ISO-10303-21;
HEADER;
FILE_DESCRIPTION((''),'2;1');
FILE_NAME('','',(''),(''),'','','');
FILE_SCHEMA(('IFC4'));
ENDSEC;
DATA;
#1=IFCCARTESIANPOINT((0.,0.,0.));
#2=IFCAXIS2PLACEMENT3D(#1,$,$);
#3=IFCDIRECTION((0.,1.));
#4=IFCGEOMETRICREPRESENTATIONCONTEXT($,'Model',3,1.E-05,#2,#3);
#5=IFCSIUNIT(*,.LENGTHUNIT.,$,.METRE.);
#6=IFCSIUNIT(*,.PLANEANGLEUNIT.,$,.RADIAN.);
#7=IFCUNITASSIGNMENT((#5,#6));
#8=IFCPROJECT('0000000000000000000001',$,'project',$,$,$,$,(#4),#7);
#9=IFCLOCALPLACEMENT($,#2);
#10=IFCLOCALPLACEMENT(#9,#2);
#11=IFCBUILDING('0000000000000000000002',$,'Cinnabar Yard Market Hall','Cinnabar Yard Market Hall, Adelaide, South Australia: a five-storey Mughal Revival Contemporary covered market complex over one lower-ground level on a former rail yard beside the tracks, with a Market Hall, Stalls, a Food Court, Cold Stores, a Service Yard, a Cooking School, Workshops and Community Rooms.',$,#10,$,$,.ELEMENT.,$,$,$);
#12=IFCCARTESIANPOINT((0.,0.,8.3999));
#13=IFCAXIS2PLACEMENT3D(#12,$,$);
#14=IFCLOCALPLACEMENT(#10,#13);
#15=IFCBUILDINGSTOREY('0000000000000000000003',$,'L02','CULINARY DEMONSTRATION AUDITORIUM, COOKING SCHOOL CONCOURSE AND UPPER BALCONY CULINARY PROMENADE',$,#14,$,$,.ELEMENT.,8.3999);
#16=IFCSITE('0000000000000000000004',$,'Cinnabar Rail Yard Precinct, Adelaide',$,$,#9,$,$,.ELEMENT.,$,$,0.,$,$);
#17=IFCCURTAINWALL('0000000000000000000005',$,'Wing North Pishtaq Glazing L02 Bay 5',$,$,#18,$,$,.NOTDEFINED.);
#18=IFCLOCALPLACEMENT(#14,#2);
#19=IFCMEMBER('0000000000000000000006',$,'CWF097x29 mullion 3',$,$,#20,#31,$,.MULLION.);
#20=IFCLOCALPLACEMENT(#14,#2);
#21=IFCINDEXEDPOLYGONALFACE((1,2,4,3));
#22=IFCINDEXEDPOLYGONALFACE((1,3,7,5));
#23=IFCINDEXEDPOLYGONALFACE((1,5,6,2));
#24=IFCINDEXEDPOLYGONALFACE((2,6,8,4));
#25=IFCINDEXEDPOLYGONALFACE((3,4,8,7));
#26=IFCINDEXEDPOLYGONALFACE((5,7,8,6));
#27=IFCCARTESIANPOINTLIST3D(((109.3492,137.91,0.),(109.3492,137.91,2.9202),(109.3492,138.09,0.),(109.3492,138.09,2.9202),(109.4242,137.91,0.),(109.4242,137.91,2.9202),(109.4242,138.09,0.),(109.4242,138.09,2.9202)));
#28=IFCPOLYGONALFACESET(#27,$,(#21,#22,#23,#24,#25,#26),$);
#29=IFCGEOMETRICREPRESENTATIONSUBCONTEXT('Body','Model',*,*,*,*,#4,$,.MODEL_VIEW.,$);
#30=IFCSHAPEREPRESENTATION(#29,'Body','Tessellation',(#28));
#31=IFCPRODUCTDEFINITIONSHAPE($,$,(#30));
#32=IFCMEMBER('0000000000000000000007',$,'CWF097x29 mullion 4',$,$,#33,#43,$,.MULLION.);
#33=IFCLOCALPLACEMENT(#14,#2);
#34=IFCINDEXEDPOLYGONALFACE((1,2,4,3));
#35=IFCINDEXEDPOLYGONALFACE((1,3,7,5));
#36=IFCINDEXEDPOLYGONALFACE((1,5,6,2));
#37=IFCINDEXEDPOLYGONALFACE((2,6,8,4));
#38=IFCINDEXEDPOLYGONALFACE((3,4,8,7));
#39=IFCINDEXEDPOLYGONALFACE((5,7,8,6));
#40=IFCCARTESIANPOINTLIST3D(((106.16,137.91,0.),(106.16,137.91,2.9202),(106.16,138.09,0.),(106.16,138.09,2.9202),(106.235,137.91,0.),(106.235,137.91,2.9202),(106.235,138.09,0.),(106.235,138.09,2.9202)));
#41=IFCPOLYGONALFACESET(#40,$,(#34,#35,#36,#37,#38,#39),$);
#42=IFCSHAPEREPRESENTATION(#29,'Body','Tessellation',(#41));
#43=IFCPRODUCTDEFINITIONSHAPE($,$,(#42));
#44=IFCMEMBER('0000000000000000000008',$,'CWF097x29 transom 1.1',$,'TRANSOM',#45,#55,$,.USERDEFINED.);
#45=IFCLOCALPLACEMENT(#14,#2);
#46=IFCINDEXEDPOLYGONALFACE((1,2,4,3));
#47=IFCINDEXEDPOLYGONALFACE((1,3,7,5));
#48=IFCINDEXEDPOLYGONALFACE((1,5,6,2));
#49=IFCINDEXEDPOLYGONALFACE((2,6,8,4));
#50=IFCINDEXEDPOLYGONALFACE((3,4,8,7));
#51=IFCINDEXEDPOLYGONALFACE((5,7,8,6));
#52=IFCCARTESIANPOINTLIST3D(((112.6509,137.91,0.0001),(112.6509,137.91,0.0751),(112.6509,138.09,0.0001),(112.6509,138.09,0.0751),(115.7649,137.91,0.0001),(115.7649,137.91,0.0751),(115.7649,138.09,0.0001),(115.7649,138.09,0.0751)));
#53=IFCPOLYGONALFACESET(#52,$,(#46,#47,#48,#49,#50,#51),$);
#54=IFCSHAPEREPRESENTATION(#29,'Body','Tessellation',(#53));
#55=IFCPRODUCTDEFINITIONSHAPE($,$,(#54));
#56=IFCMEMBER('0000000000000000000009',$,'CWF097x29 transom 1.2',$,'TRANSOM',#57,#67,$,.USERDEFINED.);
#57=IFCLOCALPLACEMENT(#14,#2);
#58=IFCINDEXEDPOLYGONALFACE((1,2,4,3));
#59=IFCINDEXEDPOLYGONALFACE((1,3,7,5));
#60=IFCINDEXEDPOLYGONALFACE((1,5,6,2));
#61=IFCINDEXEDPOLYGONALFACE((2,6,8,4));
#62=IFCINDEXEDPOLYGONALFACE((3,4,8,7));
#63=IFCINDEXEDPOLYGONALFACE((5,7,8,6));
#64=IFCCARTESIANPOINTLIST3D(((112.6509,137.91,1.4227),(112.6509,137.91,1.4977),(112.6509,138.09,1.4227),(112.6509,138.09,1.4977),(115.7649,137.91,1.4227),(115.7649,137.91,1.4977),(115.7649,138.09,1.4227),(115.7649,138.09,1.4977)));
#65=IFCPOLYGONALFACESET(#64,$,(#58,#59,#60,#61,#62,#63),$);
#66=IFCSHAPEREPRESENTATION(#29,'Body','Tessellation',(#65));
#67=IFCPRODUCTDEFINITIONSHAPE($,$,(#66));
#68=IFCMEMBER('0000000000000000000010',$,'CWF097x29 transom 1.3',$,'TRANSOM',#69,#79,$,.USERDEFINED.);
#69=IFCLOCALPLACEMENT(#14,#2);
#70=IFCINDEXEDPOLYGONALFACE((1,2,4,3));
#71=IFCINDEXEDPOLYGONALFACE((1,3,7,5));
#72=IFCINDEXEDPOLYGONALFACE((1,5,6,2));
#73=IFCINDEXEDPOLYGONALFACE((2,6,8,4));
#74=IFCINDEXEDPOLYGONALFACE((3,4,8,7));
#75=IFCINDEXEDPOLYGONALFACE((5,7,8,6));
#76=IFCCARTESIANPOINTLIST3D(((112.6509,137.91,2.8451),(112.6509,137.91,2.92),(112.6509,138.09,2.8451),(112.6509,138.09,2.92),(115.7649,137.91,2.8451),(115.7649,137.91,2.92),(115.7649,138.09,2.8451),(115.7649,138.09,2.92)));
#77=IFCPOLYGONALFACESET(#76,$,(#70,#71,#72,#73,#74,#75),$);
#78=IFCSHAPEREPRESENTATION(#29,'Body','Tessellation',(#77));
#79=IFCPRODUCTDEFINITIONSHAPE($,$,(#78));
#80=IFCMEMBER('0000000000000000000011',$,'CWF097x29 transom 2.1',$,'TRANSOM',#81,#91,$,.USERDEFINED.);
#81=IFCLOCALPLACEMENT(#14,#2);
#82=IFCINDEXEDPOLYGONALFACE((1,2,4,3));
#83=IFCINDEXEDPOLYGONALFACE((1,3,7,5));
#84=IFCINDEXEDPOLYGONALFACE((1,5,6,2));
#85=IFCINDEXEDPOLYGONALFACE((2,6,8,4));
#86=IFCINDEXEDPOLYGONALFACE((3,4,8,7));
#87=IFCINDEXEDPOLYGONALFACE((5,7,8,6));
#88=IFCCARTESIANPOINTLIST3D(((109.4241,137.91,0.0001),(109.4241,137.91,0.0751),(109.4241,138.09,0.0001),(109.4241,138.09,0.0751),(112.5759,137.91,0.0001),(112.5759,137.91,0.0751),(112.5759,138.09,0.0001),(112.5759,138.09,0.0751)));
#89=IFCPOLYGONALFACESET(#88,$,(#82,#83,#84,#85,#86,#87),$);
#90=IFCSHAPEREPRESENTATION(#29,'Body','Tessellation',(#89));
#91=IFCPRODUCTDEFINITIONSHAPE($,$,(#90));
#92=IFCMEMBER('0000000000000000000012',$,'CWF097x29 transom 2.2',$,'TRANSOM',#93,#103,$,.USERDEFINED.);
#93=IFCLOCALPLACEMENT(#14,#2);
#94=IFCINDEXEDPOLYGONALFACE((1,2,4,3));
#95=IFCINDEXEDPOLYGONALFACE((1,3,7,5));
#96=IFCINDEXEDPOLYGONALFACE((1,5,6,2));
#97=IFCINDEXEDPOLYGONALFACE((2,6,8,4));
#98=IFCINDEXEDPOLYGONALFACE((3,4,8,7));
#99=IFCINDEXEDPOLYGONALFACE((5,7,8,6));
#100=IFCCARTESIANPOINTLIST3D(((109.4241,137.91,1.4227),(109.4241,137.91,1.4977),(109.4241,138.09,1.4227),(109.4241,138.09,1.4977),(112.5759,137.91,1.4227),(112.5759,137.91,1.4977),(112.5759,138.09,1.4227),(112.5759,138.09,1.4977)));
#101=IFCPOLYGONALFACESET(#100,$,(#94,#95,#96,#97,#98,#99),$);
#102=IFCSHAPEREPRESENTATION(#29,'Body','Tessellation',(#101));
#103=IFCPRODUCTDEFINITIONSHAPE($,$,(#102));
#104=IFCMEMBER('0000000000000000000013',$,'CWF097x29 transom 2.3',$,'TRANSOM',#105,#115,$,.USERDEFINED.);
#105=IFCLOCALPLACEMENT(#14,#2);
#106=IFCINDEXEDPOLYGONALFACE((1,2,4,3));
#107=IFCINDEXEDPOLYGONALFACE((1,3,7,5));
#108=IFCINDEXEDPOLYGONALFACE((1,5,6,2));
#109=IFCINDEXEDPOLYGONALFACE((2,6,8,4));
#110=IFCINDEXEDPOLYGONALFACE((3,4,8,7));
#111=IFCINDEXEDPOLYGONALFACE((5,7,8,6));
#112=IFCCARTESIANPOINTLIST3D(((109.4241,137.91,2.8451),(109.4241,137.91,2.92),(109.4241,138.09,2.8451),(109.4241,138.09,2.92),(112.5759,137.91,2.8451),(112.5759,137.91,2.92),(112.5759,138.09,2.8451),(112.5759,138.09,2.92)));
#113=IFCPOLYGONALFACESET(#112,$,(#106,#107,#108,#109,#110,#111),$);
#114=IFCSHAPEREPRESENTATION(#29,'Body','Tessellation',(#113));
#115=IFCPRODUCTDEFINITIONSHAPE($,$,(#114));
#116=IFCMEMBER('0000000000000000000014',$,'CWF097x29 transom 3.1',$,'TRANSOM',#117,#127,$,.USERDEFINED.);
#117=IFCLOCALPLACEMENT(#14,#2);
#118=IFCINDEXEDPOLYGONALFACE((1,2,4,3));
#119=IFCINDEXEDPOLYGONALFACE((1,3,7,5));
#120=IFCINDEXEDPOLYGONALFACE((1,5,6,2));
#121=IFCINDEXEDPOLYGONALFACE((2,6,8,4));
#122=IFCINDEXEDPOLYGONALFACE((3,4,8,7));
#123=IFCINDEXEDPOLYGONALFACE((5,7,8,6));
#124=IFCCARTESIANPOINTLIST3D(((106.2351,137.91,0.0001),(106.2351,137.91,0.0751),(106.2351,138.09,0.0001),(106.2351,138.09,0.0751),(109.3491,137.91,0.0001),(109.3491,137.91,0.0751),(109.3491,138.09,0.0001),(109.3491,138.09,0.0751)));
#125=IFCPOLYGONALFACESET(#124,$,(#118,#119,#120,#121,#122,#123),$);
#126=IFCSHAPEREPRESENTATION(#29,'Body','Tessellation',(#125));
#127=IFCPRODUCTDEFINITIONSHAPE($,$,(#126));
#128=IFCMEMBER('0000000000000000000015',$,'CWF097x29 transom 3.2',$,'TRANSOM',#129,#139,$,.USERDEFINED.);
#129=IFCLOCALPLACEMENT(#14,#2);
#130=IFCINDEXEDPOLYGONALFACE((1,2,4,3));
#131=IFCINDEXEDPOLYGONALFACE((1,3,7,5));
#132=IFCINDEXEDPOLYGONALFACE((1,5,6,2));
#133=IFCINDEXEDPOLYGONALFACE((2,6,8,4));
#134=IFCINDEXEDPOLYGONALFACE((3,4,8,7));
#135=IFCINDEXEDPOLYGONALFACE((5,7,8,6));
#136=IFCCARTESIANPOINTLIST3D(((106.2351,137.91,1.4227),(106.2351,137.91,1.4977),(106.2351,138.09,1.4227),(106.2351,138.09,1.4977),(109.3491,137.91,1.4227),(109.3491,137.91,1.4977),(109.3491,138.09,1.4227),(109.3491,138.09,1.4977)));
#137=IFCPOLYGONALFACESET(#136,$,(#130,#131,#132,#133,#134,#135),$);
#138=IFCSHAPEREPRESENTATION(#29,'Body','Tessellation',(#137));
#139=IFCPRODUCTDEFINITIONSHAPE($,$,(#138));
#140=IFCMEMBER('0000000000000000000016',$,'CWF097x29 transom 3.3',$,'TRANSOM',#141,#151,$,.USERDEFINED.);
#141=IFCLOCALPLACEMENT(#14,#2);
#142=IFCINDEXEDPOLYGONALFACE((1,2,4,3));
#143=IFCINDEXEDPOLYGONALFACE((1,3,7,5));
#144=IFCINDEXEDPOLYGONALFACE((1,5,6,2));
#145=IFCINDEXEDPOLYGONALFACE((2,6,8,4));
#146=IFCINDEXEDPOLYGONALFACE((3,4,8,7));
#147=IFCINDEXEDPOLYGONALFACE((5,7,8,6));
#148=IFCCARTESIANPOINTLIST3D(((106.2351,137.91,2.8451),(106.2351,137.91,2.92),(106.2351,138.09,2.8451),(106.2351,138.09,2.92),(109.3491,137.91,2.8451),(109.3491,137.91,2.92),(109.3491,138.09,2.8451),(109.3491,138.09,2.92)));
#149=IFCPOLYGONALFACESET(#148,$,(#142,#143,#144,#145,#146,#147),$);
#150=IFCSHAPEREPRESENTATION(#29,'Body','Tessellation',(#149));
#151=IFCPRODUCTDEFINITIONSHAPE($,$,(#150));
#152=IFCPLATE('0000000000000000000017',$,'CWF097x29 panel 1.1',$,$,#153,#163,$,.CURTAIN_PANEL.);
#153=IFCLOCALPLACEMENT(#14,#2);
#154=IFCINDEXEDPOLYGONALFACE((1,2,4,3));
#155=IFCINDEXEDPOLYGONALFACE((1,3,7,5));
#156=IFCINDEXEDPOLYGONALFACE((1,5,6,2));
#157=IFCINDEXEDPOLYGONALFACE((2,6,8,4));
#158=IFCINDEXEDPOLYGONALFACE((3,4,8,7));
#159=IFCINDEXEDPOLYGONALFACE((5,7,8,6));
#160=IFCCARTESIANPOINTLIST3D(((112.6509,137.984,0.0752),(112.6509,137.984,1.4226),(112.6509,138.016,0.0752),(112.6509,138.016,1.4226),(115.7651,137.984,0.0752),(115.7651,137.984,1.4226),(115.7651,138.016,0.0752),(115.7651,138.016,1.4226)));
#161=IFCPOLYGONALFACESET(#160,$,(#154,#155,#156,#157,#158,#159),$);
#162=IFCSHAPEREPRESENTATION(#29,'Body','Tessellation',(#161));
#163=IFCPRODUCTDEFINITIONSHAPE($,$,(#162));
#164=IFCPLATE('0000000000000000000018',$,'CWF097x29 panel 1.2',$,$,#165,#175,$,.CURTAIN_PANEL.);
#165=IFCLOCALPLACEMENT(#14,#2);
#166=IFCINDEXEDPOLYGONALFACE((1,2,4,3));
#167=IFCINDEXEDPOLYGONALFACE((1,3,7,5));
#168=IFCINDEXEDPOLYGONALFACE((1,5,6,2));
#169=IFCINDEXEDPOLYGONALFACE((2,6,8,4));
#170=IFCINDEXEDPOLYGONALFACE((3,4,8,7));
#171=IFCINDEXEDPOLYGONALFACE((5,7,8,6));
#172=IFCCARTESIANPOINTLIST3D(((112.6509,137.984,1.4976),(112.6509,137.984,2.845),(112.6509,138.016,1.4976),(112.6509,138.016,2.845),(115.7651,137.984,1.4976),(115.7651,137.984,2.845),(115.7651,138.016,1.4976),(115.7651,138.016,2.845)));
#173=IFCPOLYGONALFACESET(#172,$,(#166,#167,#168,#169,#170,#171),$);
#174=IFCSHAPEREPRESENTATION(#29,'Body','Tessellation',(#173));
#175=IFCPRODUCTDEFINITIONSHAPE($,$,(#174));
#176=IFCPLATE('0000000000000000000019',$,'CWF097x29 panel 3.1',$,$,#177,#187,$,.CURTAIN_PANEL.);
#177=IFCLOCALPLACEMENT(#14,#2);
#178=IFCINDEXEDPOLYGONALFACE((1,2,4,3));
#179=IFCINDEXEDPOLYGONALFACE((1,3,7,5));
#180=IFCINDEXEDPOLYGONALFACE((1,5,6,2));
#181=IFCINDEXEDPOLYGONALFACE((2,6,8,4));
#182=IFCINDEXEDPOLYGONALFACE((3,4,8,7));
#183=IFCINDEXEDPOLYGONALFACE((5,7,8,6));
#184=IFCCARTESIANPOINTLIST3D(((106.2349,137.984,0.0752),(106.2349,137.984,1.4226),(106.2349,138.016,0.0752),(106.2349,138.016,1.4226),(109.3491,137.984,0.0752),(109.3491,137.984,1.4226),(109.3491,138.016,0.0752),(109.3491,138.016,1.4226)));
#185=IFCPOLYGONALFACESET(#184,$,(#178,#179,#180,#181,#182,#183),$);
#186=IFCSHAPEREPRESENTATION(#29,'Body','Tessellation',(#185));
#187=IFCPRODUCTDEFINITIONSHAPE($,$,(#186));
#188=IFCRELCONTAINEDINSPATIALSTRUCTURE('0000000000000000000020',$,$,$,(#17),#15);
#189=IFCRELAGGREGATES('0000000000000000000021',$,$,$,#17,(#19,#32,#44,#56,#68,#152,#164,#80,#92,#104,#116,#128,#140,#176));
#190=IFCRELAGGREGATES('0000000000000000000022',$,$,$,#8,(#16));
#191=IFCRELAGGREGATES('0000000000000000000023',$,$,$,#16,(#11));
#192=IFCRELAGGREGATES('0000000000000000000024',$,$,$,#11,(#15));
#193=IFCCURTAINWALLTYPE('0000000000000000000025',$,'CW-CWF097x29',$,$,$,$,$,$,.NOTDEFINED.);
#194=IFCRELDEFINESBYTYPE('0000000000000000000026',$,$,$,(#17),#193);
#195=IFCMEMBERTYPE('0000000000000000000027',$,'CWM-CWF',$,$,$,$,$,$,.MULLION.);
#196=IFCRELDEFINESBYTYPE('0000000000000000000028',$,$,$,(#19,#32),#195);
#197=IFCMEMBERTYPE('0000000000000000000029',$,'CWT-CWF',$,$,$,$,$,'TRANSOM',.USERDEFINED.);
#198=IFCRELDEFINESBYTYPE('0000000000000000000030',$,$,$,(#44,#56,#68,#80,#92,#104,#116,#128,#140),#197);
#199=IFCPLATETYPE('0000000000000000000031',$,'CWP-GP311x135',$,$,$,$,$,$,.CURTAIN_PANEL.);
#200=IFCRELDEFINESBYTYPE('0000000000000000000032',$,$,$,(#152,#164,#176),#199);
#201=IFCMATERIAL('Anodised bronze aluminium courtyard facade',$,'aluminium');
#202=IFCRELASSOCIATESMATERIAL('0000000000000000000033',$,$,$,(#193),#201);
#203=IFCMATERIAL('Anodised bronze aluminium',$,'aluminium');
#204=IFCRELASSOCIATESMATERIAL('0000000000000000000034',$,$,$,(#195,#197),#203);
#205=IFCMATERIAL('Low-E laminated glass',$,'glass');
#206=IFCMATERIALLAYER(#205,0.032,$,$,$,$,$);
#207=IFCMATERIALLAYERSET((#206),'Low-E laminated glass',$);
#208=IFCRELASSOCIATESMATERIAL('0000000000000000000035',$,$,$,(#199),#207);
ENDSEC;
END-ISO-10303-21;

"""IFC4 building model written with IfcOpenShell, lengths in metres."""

from ifc_helpers import new_model, si_unit, direction, frame, origin, origin_2d_with_axis, place, context, subcontext, project, spatial, rectangle, extrude, material, layer, layer_set, material_profile, profile_set, type_object, element, aggregate, save


model = new_model("IFC4")

# Units and contexts
model_context = context("Model", 3, precision=1e-05, world=origin(), true_north=direction((0.0, 1.0)))
body_context = subcontext(model_context, "Body", "Model", "MODEL_VIEW")
ifc_project = project(units=[si_unit("LENGTHUNIT", "METRE"), si_unit("PLANEANGLEUNIT", "RADIAN")], contexts=[model_context])

# Site, building, storey
site_placement = place(None, origin())
site = spatial("IfcSite", under=ifc_project, at=site_placement, Name="Cinnabar Rail Yard Precinct, Adelaide", CompositionType="ELEMENT", RefElevation=0.0)
building_placement = place(site_placement, origin())
building = spatial("IfcBuilding", under=site, at=building_placement, Name="Cinnabar Yard Market Hall", Description="Cinnabar Yard Market Hall, Adelaide, South Australia: a five-storey Mughal Revival Contemporary covered market complex over one lower-ground level on a former rail yard beside the tracks, with a Market Hall, Stalls, a Food Court, Cold Stores, a Service Yard, a Cooking School, Workshops and Community Rooms.", CompositionType="ELEMENT")
storey_placement = place(building_placement, frame((0.0, 0.0, 8.3999)))
storey = spatial("IfcBuildingStorey", under=building, at=storey_placement, Name="L02", Description="CULINARY DEMONSTRATION AUDITORIUM, COOKING SCHOOL CONCOURSE AND UPPER BALCONY CULINARY PROMENADE", CompositionType="ELEMENT", Elevation=8.3999)

# Curtain wall, members, plates
ifc_material_1 = material(Name="Anodised bronze aluminium courtyard facade", Category="aluminium")
curtain_wall_type = type_object("IfcCurtainWallType", Name="CW-CWF097x29", PredefinedType="NOTDEFINED", material=ifc_material_1)
curtain_wall_placement = place(storey_placement, origin())
curtain_wall = element("IfcCurtainWall", 1, at=curtain_wall_placement, inside=storey, type_object=curtain_wall_type, Name="Wing North Pishtaq Glazing L02 Bay 5", PredefinedType="NOTDEFINED")
ifc_material_2 = material(Name="Anodised bronze aluminium", Category="aluminium")
ifc_material_profile_1 = material_profile(ifc_material_2, rectangle(XDim=0.1799, YDim=0.075, at=origin_2d_with_axis()), Name="MUL-CWF")
ifc_profile_set_1 = profile_set([ifc_material_profile_1], Name="Anodised bronze aluminium")
member_type_1 = type_object("IfcMemberType", Name="CWM-CWF", PredefinedType="MULLION", material=ifc_profile_set_1)
member_1_placement = place(storey_placement, frame((109.3867, 138.0, 0.0), z_axis=(0.0, 0.0, 1.0), x_axis=(0.0, -1.0, 0.0)))
member_1 = element("IfcMember", 2, at=member_1_placement, type_object=member_type_1, Name="CWF097x29 mullion 3", PredefinedType="MULLION", context=body_context, shape_type="SweptSolid", body=[
    extrude(rectangle(XDim=0.1799, YDim=0.075, at=origin_2d_with_axis()), origin(), (0.0, 0.0, 1.0), 2.9202),
])
member_2_placement = place(storey_placement, frame((106.1975, 138.0, 0.0), z_axis=(0.0, 0.0, 1.0), x_axis=(0.0, -1.0, 0.0)))
member_2 = element("IfcMember", 3, at=member_2_placement, type_object=member_type_1, Name="CWF097x29 mullion 4", PredefinedType="MULLION", context=body_context, shape_type="SweptSolid", body=[
    extrude(rectangle(XDim=0.1799, YDim=0.075, at=origin_2d_with_axis()), origin(), (0.0, 0.0, 1.0), 2.9202),
])
ifc_material_profile_2 = material_profile(ifc_material_2, rectangle(XDim=0.1799, YDim=0.075, at=origin_2d_with_axis()), Name="TRN-CWF")
ifc_profile_set_2 = profile_set([ifc_material_profile_2], Name="Anodised bronze aluminium")
member_type_2 = type_object("IfcMemberType", Name="CWT-CWF", ElementType="TRANSOM", PredefinedType="USERDEFINED", material=ifc_profile_set_2)
member_3_placement = place(storey_placement, frame((115.7649, 138.0, 0.0376), z_axis=(-1.0, 0.0, 0.0), x_axis=(0.0, -1.0, 0.0)))
member_3 = element("IfcMember", 4, at=member_3_placement, type_object=member_type_2, Name="CWF097x29 transom 1.1", ObjectType="TRANSOM", PredefinedType="USERDEFINED", context=body_context, shape_type="SweptSolid", body=[
    extrude(rectangle(XDim=0.1799, YDim=0.075, at=origin_2d_with_axis()), origin(), (0.0, 0.0, 1.0), 3.114),
])
member_4_placement = place(storey_placement, frame((115.7649, 138.0, 1.4602), z_axis=(-1.0, 0.0, 0.0), x_axis=(0.0, -1.0, 0.0)))
member_4 = element("IfcMember", 5, at=member_4_placement, type_object=member_type_2, Name="CWF097x29 transom 1.2", ObjectType="TRANSOM", PredefinedType="USERDEFINED", context=body_context, shape_type="SweptSolid", body=[
    extrude(rectangle(XDim=0.1799, YDim=0.075, at=origin_2d_with_axis()), origin(), (0.0, 0.0, 1.0), 3.114),
])
member_5_placement = place(storey_placement, frame((115.7649, 138.0, 2.8826), z_axis=(-1.0, 0.0, 0.0), x_axis=(0.0, -1.0, 0.0)))
member_5 = element("IfcMember", 6, at=member_5_placement, type_object=member_type_2, Name="CWF097x29 transom 1.3", ObjectType="TRANSOM", PredefinedType="USERDEFINED", context=body_context, shape_type="SweptSolid", body=[
    extrude(rectangle(XDim=0.1799, YDim=0.075, at=origin_2d_with_axis()), origin(), (0.0, 0.0, 1.0), 3.114),
])
member_6_placement = place(storey_placement, frame((112.5759, 138.0, 0.0376), z_axis=(-1.0, 0.0, 0.0), x_axis=(0.0, -1.0, 0.0)))
member_6 = element("IfcMember", 7, at=member_6_placement, type_object=member_type_2, Name="CWF097x29 transom 2.1", ObjectType="TRANSOM", PredefinedType="USERDEFINED", context=body_context, shape_type="SweptSolid", body=[
    extrude(rectangle(XDim=0.1799, YDim=0.075, at=origin_2d_with_axis()), origin(), (0.0, 0.0, 1.0), 3.1519),
])
member_7_placement = place(storey_placement, frame((112.5759, 138.0, 1.4602), z_axis=(-1.0, 0.0, 0.0), x_axis=(0.0, -1.0, 0.0)))
member_7 = element("IfcMember", 8, at=member_7_placement, type_object=member_type_2, Name="CWF097x29 transom 2.2", ObjectType="TRANSOM", PredefinedType="USERDEFINED", context=body_context, shape_type="SweptSolid", body=[
    extrude(rectangle(XDim=0.1799, YDim=0.075, at=origin_2d_with_axis()), origin(), (0.0, 0.0, 1.0), 3.1519),
])
member_8_placement = place(storey_placement, frame((112.5759, 138.0, 2.8826), z_axis=(-1.0, 0.0, 0.0), x_axis=(0.0, -1.0, 0.0)))
member_8 = element("IfcMember", 9, at=member_8_placement, type_object=member_type_2, Name="CWF097x29 transom 2.3", ObjectType="TRANSOM", PredefinedType="USERDEFINED", context=body_context, shape_type="SweptSolid", body=[
    extrude(rectangle(XDim=0.1799, YDim=0.075, at=origin_2d_with_axis()), origin(), (0.0, 0.0, 1.0), 3.1519),
])
member_9_placement = place(storey_placement, frame((109.3491, 138.0, 0.0376), z_axis=(-1.0, 0.0, 0.0), x_axis=(0.0, -1.0, 0.0)))
member_9 = element("IfcMember", 10, at=member_9_placement, type_object=member_type_2, Name="CWF097x29 transom 3.1", ObjectType="TRANSOM", PredefinedType="USERDEFINED", context=body_context, shape_type="SweptSolid", body=[
    extrude(rectangle(XDim=0.1799, YDim=0.075, at=origin_2d_with_axis()), origin(), (0.0, 0.0, 1.0), 3.114),
])
member_10_placement = place(storey_placement, frame((109.3491, 138.0, 1.4602), z_axis=(-1.0, 0.0, 0.0), x_axis=(0.0, -1.0, 0.0)))
member_10 = element("IfcMember", 11, at=member_10_placement, type_object=member_type_2, Name="CWF097x29 transom 3.2", ObjectType="TRANSOM", PredefinedType="USERDEFINED", context=body_context, shape_type="SweptSolid", body=[
    extrude(rectangle(XDim=0.1799, YDim=0.075, at=origin_2d_with_axis()), origin(), (0.0, 0.0, 1.0), 3.114),
])
member_11_placement = place(storey_placement, frame((109.3491, 138.0, 2.8826), z_axis=(-1.0, 0.0, 0.0), x_axis=(0.0, -1.0, 0.0)))
member_11 = element("IfcMember", 12, at=member_11_placement, type_object=member_type_2, Name="CWF097x29 transom 3.3", ObjectType="TRANSOM", PredefinedType="USERDEFINED", context=body_context, shape_type="SweptSolid", body=[
    extrude(rectangle(XDim=0.1799, YDim=0.075, at=origin_2d_with_axis()), origin(), (0.0, 0.0, 1.0), 3.114),
])
ifc_material_3 = material(Name="Low-E laminated glass", Category="glass")
ifc_layer_1 = layer(ifc_material_3, 0.032)
ifc_layer_set_1 = layer_set([ifc_layer_1], Name="Low-E laminated glass")
plate_type_1 = type_object("IfcPlateType", Name="CWP-GP311x135", PredefinedType="CURTAIN_PANEL", material=ifc_layer_set_1)
plate_1_placement = place(storey_placement, frame((114.208, 138.0, 0.0752), z_axis=(0.0, 0.0, 1.0), x_axis=(-1.0, 0.0, 0.0)))
plate_1 = element("IfcPlate", 13, at=plate_1_placement, type_object=plate_type_1, Name="CWF097x29 panel 1.1", PredefinedType="CURTAIN_PANEL", context=body_context, shape_type="SweptSolid", body=[
    extrude(rectangle(XDim=3.1143, YDim=0.032, at=origin_2d_with_axis()), origin(), (0.0, 0.0, 1.0), 1.3474),
])
plate_2_placement = place(storey_placement, frame((114.208, 138.0, 1.4976), z_axis=(0.0, 0.0, 1.0), x_axis=(-1.0, 0.0, 0.0)))
plate_2 = element("IfcPlate", 14, at=plate_2_placement, type_object=plate_type_1, Name="CWF097x29 panel 1.2", PredefinedType="CURTAIN_PANEL", context=body_context, shape_type="SweptSolid", body=[
    extrude(rectangle(XDim=3.1143, YDim=0.032, at=origin_2d_with_axis()), origin(), (0.0, 0.0, 1.0), 1.3474),
])
plate_3_placement = place(storey_placement, frame((107.792, 138.0, 0.0752), z_axis=(0.0, 0.0, 1.0), x_axis=(-1.0, 0.0, 0.0)))
plate_3 = element("IfcPlate", 15, at=plate_3_placement, type_object=plate_type_1, Name="CWF097x29 panel 3.1", PredefinedType="CURTAIN_PANEL", context=body_context, shape_type="SweptSolid", body=[
    extrude(rectangle(XDim=3.1143, YDim=0.032, at=origin_2d_with_axis()), origin(), (0.0, 0.0, 1.0), 1.3474),
])
aggregate(curtain_wall, [member_1, member_2, member_3, member_4, member_5, plate_1, plate_2, member_6, member_7, member_8, member_9, member_10, member_11, plate_3])

save(model, "model.ifc")
